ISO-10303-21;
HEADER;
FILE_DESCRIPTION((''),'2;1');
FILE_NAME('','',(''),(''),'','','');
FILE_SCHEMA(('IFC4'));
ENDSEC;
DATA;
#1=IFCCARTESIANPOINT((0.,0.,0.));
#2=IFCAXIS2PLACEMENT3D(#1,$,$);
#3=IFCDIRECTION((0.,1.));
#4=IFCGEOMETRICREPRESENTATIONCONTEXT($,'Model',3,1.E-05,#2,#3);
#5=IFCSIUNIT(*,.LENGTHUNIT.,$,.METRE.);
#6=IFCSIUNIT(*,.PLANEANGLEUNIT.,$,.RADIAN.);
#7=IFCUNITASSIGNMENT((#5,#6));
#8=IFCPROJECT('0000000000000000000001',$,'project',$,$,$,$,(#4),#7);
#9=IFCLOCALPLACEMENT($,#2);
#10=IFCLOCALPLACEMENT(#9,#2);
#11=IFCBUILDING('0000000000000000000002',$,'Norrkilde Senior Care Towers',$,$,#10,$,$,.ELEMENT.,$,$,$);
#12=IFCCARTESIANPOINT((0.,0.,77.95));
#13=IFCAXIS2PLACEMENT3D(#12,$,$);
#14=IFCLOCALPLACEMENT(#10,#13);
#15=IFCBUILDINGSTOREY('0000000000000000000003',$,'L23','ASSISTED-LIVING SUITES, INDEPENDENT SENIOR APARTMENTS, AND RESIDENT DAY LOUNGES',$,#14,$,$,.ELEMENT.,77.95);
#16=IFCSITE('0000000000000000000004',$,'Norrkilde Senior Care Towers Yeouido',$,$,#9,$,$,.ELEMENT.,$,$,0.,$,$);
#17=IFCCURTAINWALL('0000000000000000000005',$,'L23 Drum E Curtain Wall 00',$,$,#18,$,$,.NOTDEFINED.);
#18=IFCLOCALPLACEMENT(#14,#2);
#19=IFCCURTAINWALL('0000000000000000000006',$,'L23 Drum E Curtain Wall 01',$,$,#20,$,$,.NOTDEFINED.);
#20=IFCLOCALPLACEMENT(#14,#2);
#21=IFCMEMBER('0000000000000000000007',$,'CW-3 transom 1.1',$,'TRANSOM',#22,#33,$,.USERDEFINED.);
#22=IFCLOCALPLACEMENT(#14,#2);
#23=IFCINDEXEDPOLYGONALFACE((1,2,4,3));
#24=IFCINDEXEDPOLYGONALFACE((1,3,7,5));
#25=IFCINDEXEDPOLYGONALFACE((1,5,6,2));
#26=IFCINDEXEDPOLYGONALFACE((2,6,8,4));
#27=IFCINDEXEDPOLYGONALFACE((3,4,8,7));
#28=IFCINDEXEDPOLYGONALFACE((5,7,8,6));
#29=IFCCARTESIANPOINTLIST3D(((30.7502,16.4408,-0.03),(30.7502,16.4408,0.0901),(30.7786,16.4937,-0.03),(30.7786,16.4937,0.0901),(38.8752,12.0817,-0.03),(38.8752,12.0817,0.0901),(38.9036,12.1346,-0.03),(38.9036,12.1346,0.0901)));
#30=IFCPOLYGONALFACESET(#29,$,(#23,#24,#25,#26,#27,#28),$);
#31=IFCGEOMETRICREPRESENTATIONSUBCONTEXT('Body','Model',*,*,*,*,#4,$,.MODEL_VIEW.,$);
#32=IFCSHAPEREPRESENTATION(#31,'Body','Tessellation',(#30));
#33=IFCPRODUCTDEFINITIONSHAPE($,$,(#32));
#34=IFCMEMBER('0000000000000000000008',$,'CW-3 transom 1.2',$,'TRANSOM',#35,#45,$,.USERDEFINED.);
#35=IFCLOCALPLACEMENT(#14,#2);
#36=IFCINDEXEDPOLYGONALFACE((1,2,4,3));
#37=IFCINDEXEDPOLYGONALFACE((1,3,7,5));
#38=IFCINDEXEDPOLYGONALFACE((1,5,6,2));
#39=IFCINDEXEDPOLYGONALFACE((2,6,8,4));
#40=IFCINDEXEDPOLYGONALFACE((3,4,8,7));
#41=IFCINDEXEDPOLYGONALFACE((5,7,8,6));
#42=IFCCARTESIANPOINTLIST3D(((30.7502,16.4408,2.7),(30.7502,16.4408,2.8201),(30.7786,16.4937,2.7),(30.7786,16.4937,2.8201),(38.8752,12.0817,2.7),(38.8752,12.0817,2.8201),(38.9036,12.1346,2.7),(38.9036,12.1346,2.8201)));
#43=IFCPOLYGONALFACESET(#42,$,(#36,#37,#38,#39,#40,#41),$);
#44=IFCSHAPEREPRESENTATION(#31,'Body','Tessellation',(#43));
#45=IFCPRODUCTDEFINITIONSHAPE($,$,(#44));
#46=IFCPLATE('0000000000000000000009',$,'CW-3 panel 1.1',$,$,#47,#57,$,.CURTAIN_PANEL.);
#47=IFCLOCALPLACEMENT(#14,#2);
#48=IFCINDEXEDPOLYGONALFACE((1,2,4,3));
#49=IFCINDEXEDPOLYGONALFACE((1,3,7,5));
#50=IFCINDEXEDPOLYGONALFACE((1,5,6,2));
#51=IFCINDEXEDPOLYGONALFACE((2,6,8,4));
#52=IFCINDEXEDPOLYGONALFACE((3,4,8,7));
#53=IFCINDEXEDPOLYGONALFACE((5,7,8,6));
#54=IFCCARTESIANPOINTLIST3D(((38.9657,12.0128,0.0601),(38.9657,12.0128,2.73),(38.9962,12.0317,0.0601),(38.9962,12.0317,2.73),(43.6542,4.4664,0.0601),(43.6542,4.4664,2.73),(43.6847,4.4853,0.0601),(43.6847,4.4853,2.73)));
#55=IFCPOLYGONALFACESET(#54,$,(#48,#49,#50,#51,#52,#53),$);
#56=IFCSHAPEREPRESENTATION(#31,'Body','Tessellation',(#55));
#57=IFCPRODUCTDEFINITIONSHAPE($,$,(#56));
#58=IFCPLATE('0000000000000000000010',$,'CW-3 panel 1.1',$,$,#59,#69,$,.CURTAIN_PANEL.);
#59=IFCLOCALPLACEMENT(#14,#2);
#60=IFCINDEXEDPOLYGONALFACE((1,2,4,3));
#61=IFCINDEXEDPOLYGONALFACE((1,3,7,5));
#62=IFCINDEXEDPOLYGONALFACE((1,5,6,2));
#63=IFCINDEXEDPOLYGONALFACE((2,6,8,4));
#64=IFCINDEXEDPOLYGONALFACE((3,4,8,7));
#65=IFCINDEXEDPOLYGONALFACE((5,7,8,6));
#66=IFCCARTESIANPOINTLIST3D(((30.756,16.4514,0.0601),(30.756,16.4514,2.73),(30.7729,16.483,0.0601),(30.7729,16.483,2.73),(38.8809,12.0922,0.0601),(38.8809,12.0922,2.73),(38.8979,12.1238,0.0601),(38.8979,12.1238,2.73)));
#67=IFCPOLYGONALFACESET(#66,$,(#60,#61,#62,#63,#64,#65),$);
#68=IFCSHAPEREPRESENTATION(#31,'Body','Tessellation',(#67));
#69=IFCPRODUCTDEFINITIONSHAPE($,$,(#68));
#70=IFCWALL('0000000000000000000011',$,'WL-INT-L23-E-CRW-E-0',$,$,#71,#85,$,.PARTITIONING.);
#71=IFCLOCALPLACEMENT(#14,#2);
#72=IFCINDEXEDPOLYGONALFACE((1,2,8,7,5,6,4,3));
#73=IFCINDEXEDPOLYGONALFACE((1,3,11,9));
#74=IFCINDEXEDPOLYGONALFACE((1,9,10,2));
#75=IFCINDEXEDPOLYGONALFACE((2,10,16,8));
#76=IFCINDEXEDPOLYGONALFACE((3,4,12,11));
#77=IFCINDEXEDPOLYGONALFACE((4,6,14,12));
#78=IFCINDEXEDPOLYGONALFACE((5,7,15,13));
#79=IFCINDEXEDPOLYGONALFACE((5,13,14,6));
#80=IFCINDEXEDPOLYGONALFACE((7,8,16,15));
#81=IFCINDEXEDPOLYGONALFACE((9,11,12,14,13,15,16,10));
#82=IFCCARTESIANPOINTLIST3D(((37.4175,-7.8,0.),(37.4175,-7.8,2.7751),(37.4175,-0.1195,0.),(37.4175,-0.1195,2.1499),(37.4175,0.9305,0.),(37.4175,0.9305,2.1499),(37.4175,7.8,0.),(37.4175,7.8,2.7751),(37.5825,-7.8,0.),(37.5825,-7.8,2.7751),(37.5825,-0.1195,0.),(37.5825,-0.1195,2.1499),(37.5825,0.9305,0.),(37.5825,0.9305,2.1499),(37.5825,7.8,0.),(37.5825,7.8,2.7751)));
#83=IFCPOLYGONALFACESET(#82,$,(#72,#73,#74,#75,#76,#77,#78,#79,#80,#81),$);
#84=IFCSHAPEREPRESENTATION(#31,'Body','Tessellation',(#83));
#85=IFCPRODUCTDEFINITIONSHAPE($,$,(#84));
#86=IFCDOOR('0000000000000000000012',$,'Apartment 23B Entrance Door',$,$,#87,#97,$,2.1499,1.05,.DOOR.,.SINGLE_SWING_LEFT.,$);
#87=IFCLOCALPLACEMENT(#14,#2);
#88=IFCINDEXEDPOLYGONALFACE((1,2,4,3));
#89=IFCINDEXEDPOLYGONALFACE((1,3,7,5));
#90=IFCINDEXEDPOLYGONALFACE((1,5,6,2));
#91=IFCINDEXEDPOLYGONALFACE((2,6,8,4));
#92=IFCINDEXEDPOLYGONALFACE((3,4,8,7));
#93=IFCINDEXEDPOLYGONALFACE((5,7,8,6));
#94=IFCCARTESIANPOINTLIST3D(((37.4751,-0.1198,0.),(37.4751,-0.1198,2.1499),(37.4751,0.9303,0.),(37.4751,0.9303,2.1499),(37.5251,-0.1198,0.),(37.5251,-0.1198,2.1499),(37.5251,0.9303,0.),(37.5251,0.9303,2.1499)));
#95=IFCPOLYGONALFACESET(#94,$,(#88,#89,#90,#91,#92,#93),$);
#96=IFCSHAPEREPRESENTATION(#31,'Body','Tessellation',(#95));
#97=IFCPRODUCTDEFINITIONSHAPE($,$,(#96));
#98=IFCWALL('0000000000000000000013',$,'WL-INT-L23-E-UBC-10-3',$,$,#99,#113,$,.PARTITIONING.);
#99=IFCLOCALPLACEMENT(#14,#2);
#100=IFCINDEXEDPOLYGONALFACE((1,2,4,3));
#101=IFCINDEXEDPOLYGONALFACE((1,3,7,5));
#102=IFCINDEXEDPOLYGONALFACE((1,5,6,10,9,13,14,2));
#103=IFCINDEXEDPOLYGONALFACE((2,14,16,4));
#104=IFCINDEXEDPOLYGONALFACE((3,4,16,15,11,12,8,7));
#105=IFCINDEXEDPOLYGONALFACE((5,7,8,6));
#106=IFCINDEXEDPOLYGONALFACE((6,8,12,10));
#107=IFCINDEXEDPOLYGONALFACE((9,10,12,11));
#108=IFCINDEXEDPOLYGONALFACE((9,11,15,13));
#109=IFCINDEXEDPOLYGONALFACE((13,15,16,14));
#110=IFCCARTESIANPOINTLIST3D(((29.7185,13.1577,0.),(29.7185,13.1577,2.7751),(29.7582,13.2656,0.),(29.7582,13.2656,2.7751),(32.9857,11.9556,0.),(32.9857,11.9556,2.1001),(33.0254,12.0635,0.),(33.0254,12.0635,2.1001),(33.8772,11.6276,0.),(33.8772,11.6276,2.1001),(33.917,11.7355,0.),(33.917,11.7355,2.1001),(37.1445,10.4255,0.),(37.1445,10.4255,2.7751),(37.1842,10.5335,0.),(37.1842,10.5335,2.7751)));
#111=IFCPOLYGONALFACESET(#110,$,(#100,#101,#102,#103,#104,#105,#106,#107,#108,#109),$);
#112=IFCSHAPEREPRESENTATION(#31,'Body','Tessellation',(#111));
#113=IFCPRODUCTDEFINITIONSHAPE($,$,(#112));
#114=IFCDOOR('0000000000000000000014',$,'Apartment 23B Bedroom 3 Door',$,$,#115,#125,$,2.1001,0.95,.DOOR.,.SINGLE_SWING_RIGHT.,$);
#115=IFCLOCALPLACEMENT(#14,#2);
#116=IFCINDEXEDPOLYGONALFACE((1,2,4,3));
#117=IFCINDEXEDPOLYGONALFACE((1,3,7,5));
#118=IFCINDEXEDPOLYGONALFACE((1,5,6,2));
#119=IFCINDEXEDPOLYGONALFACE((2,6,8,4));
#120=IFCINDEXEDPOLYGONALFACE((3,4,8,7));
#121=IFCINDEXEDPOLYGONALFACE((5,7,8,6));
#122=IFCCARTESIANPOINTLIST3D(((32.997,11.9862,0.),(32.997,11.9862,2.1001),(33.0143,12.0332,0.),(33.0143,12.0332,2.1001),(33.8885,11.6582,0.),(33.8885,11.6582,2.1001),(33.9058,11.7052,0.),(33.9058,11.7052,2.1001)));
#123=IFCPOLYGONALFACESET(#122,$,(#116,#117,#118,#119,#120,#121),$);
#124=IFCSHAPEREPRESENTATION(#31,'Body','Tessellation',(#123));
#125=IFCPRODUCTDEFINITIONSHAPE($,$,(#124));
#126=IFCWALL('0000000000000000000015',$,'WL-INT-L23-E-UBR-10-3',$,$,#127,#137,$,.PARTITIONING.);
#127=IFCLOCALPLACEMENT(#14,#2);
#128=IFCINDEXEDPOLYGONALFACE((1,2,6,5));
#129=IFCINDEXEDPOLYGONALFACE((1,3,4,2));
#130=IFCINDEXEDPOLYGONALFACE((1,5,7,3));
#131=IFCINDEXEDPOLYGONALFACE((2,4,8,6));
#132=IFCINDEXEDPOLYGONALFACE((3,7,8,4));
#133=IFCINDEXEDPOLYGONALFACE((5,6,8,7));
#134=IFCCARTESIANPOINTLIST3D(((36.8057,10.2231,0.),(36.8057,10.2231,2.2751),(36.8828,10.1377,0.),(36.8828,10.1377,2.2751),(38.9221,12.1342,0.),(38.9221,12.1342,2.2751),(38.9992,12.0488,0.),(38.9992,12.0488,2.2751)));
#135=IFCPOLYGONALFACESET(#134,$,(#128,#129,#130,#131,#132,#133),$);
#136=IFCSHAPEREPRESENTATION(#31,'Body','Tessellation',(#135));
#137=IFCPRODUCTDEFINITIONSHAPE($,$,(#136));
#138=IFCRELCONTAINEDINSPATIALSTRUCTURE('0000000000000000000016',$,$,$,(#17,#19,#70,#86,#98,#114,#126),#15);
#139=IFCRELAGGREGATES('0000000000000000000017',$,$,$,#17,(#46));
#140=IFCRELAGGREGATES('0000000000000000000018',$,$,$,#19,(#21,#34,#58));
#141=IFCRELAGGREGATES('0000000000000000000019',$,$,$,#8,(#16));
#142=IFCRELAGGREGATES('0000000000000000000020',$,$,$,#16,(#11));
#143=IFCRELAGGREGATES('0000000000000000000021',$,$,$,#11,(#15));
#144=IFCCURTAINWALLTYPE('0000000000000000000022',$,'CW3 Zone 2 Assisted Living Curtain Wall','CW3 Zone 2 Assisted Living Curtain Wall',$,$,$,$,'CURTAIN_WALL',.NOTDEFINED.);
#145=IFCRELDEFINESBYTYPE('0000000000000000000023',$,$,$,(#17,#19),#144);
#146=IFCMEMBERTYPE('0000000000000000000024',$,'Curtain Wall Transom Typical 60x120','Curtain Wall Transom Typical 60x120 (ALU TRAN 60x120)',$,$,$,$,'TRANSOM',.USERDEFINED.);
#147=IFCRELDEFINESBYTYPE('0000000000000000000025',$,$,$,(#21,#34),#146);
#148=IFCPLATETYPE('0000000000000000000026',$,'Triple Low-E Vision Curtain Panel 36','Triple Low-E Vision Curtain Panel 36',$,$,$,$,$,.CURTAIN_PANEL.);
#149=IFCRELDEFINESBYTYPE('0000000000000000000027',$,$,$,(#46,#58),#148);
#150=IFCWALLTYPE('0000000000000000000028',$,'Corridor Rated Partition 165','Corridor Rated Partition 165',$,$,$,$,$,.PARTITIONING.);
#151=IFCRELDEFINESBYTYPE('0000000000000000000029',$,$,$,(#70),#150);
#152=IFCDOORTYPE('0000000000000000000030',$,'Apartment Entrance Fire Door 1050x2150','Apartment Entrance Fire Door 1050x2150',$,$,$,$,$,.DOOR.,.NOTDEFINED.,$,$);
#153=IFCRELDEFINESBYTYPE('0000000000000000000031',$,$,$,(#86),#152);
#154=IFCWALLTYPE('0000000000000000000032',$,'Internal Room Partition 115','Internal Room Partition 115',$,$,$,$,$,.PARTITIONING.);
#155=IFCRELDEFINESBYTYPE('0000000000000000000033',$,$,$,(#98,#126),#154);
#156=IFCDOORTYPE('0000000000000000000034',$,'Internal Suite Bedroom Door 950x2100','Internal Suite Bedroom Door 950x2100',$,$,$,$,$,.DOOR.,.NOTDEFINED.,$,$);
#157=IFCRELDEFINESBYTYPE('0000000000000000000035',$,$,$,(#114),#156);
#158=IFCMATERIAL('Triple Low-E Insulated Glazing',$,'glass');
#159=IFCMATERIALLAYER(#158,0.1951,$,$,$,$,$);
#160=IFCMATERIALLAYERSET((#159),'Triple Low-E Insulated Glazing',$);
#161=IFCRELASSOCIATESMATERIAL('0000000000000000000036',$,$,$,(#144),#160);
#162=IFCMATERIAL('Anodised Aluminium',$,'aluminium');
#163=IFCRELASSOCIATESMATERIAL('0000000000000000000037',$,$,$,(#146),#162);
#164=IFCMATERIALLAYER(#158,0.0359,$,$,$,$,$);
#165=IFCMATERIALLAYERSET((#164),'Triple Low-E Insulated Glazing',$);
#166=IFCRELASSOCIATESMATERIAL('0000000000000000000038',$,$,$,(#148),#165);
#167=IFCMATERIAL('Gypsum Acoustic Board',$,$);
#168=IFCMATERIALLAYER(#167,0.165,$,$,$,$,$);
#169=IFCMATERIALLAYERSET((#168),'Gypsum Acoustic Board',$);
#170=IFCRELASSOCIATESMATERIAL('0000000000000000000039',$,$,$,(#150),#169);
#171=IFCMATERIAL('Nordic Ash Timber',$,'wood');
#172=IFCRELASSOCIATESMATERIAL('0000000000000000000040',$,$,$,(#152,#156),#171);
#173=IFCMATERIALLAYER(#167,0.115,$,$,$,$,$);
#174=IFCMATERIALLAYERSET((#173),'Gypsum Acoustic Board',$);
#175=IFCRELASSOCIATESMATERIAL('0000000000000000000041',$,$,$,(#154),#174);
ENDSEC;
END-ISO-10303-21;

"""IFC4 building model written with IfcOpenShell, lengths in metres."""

from ifc_helpers import new_model, si_unit, direction, frame, frame_2d, origin, origin_2d, place, context, subcontext, project, spatial, rectangle, extrude, source, transform, mapped, material, layer, layer_set, material_profile, profile_set, type_object, type_shapes, element, fill, aggregate, save


model = new_model("IFC4")

# Units and contexts
model_context = context("Model", 3, precision=1e-05, world=origin(), true_north=direction((0.0, 1.0)))
body_context = subcontext(model_context, "Body", "Model", "MODEL_VIEW")
ifc_project = project(units=[si_unit("LENGTHUNIT", "METRE"), si_unit("PLANEANGLEUNIT", "RADIAN")], contexts=[model_context])

# Site, building, storey
site_placement = place(None, origin())
site = spatial("IfcSite", under=ifc_project, at=site_placement, Name="Norrkilde Senior Care Towers Yeouido", CompositionType="ELEMENT", RefElevation=0.0)
building_placement = place(site_placement, origin())
building = spatial("IfcBuilding", under=site, at=building_placement, Name="Norrkilde Senior Care Towers", CompositionType="ELEMENT")
storey_placement = place(building_placement, frame((0.0, 0.0, 77.95)))
storey = spatial("IfcBuildingStorey", under=building, at=storey_placement, Name="L23", Description="ASSISTED-LIVING SUITES, INDEPENDENT SENIOR APARTMENTS, AND RESIDENT DAY LOUNGES", CompositionType="ELEMENT", Elevation=77.95)

# Curtain wall
ifc_material_1 = material(Name="Triple Low-E Insulated Glazing", Category="glass")
ifc_layer_1 = layer(ifc_material_1, 0.1951)
ifc_layer_set_1 = layer_set([ifc_layer_1], Name="Triple Low-E Insulated Glazing")
curtain_wall_type = type_object("IfcCurtainWallType", Name="CW3 Zone 2 Assisted Living Curtain Wall", Description="CW3 Zone 2 Assisted Living Curtain Wall", ElementType="CURTAIN_WALL", PredefinedType="NOTDEFINED", material=ifc_layer_set_1)
curtain_wall_1_placement = place(storey_placement, origin())
curtain_wall_1 = element("IfcCurtainWall", 1, at=curtain_wall_1_placement, inside=storey, type_object=curtain_wall_type, Name="L23 Drum E Curtain Wall 00", PredefinedType="NOTDEFINED")
ifc_material_2 = material(Name="Anodised Aluminium", Category="aluminium")

# Curtain wall
curtain_wall_2_placement = place(storey_placement, origin())
curtain_wall_2 = element("IfcCurtainWall", 2, at=curtain_wall_2_placement, inside=storey, type_object=curtain_wall_type, Name="L23 Drum E Curtain Wall 01", PredefinedType="NOTDEFINED")

# Members
ifc_material_profile_1 = material_profile(ifc_material_2, rectangle(XDim=0.0601, YDim=0.1201, at=origin_2d()), Name="ALU TRAN 60x120")
ifc_profile_set_1 = profile_set([ifc_material_profile_1], Name="Anodised Aluminium")
member_type_1 = type_object("IfcMemberType", Name="Curtain Wall Transom Typical 60x120", Description="Curtain Wall Transom Typical 60x120 (ALU TRAN 60x120)", ElementType="TRANSOM", PredefinedType="USERDEFINED", material=ifc_profile_set_1)
shared_shape_1 = source(origin(), body_context, "Body", "SweptSolid", [
    extrude(rectangle(XDim=0.0601, YDim=0.1201, at=origin_2d()), origin(), (0.0, 0.0, 1.0), 9.2205),
])
member_1_placement = place(storey_placement, frame((30.7644, 16.4673, 0.03), z_axis=(0.881189, -0.472765, 0.0), x_axis=(0.472765, 0.881189, 0.0)))
member_1 = element("IfcMember", 3, at=member_1_placement, type_object=member_type_1, Name="CW-3 transom 1.1", ObjectType="TRANSOM", PredefinedType="USERDEFINED", context=body_context, shape_type="MappedRepresentation", body=[
    mapped(shared_shape_1, transform((0.0, 0.0, 0.0), x_axis=(1.0, 0.0, 0.0), y_axis=(0.0, 1.0, 0.0), z_axis=(0.0, 0.0, 1.0), scale=1.0)),
])
member_2_placement = place(storey_placement, frame((30.7644, 16.4673, 2.76), z_axis=(0.881189, -0.472765, 0.0), x_axis=(0.472765, 0.881189, 0.0)))
member_2 = element("IfcMember", 4, at=member_2_placement, type_object=member_type_1, Name="CW-3 transom 1.2", ObjectType="TRANSOM", PredefinedType="USERDEFINED", context=body_context, shape_type="MappedRepresentation", body=[
    mapped(shared_shape_1, transform((0.0, 0.0, 0.0), x_axis=(1.0, 0.0, 0.0), y_axis=(0.0, 1.0, 0.0), z_axis=(0.0, 0.0, 1.0), scale=1.0)),
])

# Plates
ifc_layer_2 = layer(ifc_material_1, 0.0359)
ifc_layer_set_2 = layer_set([ifc_layer_2], Name="Triple Low-E Insulated Glazing")
plate_type = type_object("IfcPlateType", Name="Triple Low-E Vision Curtain Panel 36", Description="Triple Low-E Vision Curtain Panel 36", PredefinedType="CURTAIN_PANEL", material=ifc_layer_set_2)
shared_shape_2 = source(origin(), body_context, "Body", "SweptSolid", [
    extrude(rectangle(XDim=8.8843, YDim=0.0359, at=origin_2d()), origin(), (0.0, 0.0, 1.0), 2.6699),
])
plate_1_placement = place(storey_placement, frame((41.3252, 8.249, 0.0601), z_axis=(0.0, 0.0, 1.0), x_axis=(0.527733, -0.84941, 0.0)))
plate_1 = element("IfcPlate", 5, at=plate_1_placement, type_object=plate_type, Name="CW-3 panel 1.1", PredefinedType="CURTAIN_PANEL", context=body_context, shape_type="MappedRepresentation", body=[
    mapped(shared_shape_2, transform((0.0, 0.0, 0.0), x_axis=(1.0, 0.0, 0.0), y_axis=(0.0, 1.0, 0.0), z_axis=(0.0, 0.0, 1.0), scale=1.0)),
])
aggregate(curtain_wall_1, [plate_1])
shared_shape_3 = source(origin(), body_context, "Body", "SweptSolid", [
    extrude(rectangle(XDim=9.2205, YDim=0.0359, at=origin_2d()), origin(), (0.0, 0.0, 1.0), 2.6699),
])
type_shapes(plate_type, [shared_shape_2, shared_shape_3])
plate_2_placement = place(storey_placement, frame((34.8269, 14.2876, 0.0601), z_axis=(0.0, 0.0, 1.0), x_axis=(0.881186, -0.472769, 0.0)))
plate_2 = element("IfcPlate", 6, at=plate_2_placement, type_object=plate_type, Name="CW-3 panel 1.1", PredefinedType="CURTAIN_PANEL", context=body_context, shape_type="MappedRepresentation", body=[
    mapped(shared_shape_3, transform((0.0, 0.0, 0.0), x_axis=(1.0, 0.0, 0.0), y_axis=(0.0, 1.0, 0.0), z_axis=(0.0, 0.0, 1.0), scale=1.0)),
])
aggregate(curtain_wall_2, [member_1, member_2, plate_2])

# Walls, openings, doors
ifc_material_3 = material(Name="Gypsum Acoustic Board")
ifc_layer_3 = layer(ifc_material_3, 0.165)
ifc_layer_set_3 = layer_set([ifc_layer_3], Name="Gypsum Acoustic Board")
wall_type_1 = type_object("IfcWallType", Name="Corridor Rated Partition 165", Description="Corridor Rated Partition 165", PredefinedType="PARTITIONING", material=ifc_layer_set_3)
shared_shape_4 = source(origin(), body_context, "Body", "SweptSolid", [
    extrude(rectangle(XDim=15.6001, YDim=0.165, at=frame_2d((7.8, 0.0))), origin(), (0.0, 0.0, 1.0), 2.7751),
])
type_shapes(wall_type_1, [shared_shape_4])
wall_1_placement = place(storey_placement, frame((37.5, 7.8, 0.0), z_axis=(0.0, 0.0, 1.0), x_axis=(0.0, -1.0, 0.0)))
wall_1 = element("IfcWall", 7, at=wall_1_placement, inside=storey, type_object=wall_type_1, Name="WL-INT-L23-E-CRW-E-0", PredefinedType="PARTITIONING", context=body_context, shape_type="MappedRepresentation", body=[
    mapped(shared_shape_4, transform((0.0, 0.0, 0.0), x_axis=(1.0, 0.0, 0.0), y_axis=(0.0, 1.0, 0.0), z_axis=(0.0, 0.0, 1.0), scale=1.0)),
])
opening_1_placement = place(wall_1_placement, frame((6.8696, 0.0, 0.0)))
opening_1 = element("IfcOpeningElement", 8, at=opening_1_placement, cuts=wall_1, PredefinedType="OPENING", context=body_context, shape_type="SweptSolid", body=[
    extrude(rectangle(XDim=1.05, YDim=2.1499, at=frame_2d((0.5249, 1.075))), frame((0.0, 0.0925, 0.0), z_axis=(0.0, -1.0, 0.0), x_axis=(1.0, 0.0, 0.0)), (0.0, 0.0, 1.0), 0.1851),
])
ifc_material_4 = material(Name="Nordic Ash Timber", Category="wood")
door_type_1 = type_object("IfcDoorType", Name="Apartment Entrance Fire Door 1050x2150", Description="Apartment Entrance Fire Door 1050x2150", OperationType="NOTDEFINED", PredefinedType="DOOR", material=ifc_material_4)
shared_shape_5 = source(origin(), body_context, "Body", "SweptSolid", [
    extrude(rectangle(XDim=1.05, YDim=2.1499, at=frame_2d((0.5249, 1.075))), frame((0.0, 0.0249, 0.0), z_axis=(0.0, -1.0, 0.0), x_axis=(1.0, 0.0, 0.0)), (0.0, 0.0, 1.0), 0.05),
])
type_shapes(door_type_1, [shared_shape_5])
door_1_placement = place(opening_1_placement, frame((1.05, 0.0, 0.0), z_axis=(0.0, 0.0, 1.0), x_axis=(-1.0, 0.0, 0.0)))
door_1 = element("IfcDoor", 9, at=door_1_placement, inside=storey, type_object=door_type_1, Name="Apartment 23B Entrance Door", OperationType="SINGLE_SWING_LEFT", OverallHeight=2.1499, OverallWidth=1.05, PredefinedType="DOOR", context=body_context, shape_type="MappedRepresentation", body=[
    mapped(shared_shape_5, transform((0.0, 0.0, 0.0), x_axis=(1.0, 0.0, 0.0), y_axis=(0.0, 1.0, 0.0), z_axis=(0.0, 0.0, 1.0), scale=1.0)),
])
fill(opening_1, door_1)
ifc_layer_4 = layer(ifc_material_3, 0.115)
ifc_layer_set_4 = layer_set([ifc_layer_4], Name="Gypsum Acoustic Board")
wall_type_2 = type_object("IfcWallType", Name="Internal Room Partition 115", Description="Internal Room Partition 115", PredefinedType="PARTITIONING", material=ifc_layer_set_4)
shared_shape_6 = source(origin(), body_context, "Body", "SweptSolid", [
    extrude(rectangle(XDim=7.9126, YDim=0.115, at=frame_2d((3.9563, 0.0))), origin(), (0.0, 0.0, 1.0), 2.7751),
])
wall_2_placement = place(storey_placement, frame((37.1643, 10.4795, 0.0), z_axis=(0.0, 0.0, 1.0), x_axis=(-0.938496, 0.345291, 0.0)))
wall_2 = element("IfcWall", 10, at=wall_2_placement, inside=storey, type_object=wall_type_2, Name="WL-INT-L23-E-UBC-10-3", PredefinedType="PARTITIONING", context=body_context, shape_type="MappedRepresentation", body=[
    mapped(shared_shape_6, transform((0.0, 0.0, 0.0), x_axis=(1.0, 0.0, 0.0), y_axis=(0.0, 1.0, 0.0), z_axis=(0.0, 0.0, 1.0), scale=1.0)),
])
opening_2_placement = place(wall_2_placement, frame((3.4812, 0.0, 0.0)))
opening_2 = element("IfcOpeningElement", 11, at=opening_2_placement, cuts=wall_2, PredefinedType="OPENING", context=body_context, shape_type="SweptSolid", body=[
    extrude(rectangle(XDim=0.95, YDim=2.1001, at=frame_2d((0.4751, 1.05))), frame((0.0, 0.0674, 0.0), z_axis=(0.0, -1.0, 0.0), x_axis=(1.0, 0.0, 0.0)), (0.0, 0.0, 1.0), 0.135),
])
door_type_2 = type_object("IfcDoorType", Name="Internal Suite Bedroom Door 950x2100", Description="Internal Suite Bedroom Door 950x2100", OperationType="NOTDEFINED", PredefinedType="DOOR", material=ifc_material_4)
shared_shape_7 = source(origin(), body_context, "Body", "SweptSolid", [
    extrude(rectangle(XDim=0.95, YDim=2.1001, at=frame_2d((0.4751, 1.05))), frame((0.0, 0.0249, 0.0), z_axis=(0.0, -1.0, 0.0), x_axis=(1.0, 0.0, 0.0)), (0.0, 0.0, 1.0), 0.05),
])
type_shapes(door_type_2, [shared_shape_7])
door_2_placement = place(opening_2_placement, origin())
door_2 = element("IfcDoor", 12, at=door_2_placement, inside=storey, type_object=door_type_2, Name="Apartment 23B Bedroom 3 Door", OperationType="SINGLE_SWING_RIGHT", OverallHeight=2.1001, OverallWidth=0.95, PredefinedType="DOOR", context=body_context, shape_type="MappedRepresentation", body=[
    mapped(shared_shape_7, transform((0.0, 0.0, 0.0), x_axis=(1.0, 0.0, 0.0), y_axis=(0.0, 1.0, 0.0), z_axis=(0.0, 0.0, 1.0), scale=1.0)),
])
fill(opening_2, door_2)

# Wall
shared_shape_8 = source(origin(), body_context, "Body", "SweptSolid", [
    extrude(rectangle(XDim=2.8516, YDim=0.115, at=frame_2d((1.4258, 0.0))), origin(), (0.0, 0.0, 1.0), 2.2751),
])
type_shapes(wall_type_2, [shared_shape_6, shared_shape_8])
wall_3_placement = place(storey_placement, frame((36.8442, 10.1804, 0.0), z_axis=(0.0, 0.0, 1.0), x_axis=(0.742191, 0.670189, 0.0)))
element("IfcWall", 13, at=wall_3_placement, inside=storey, type_object=wall_type_2, Name="WL-INT-L23-E-UBR-10-3", PredefinedType="PARTITIONING", context=body_context, shape_type="MappedRepresentation", body=[
    mapped(shared_shape_8, transform((0.0, 0.0, 0.0), x_axis=(1.0, 0.0, 0.0), y_axis=(0.0, 1.0, 0.0), z_axis=(0.0, 0.0, 1.0), scale=1.0)),
])

save(model, "model.ifc")
